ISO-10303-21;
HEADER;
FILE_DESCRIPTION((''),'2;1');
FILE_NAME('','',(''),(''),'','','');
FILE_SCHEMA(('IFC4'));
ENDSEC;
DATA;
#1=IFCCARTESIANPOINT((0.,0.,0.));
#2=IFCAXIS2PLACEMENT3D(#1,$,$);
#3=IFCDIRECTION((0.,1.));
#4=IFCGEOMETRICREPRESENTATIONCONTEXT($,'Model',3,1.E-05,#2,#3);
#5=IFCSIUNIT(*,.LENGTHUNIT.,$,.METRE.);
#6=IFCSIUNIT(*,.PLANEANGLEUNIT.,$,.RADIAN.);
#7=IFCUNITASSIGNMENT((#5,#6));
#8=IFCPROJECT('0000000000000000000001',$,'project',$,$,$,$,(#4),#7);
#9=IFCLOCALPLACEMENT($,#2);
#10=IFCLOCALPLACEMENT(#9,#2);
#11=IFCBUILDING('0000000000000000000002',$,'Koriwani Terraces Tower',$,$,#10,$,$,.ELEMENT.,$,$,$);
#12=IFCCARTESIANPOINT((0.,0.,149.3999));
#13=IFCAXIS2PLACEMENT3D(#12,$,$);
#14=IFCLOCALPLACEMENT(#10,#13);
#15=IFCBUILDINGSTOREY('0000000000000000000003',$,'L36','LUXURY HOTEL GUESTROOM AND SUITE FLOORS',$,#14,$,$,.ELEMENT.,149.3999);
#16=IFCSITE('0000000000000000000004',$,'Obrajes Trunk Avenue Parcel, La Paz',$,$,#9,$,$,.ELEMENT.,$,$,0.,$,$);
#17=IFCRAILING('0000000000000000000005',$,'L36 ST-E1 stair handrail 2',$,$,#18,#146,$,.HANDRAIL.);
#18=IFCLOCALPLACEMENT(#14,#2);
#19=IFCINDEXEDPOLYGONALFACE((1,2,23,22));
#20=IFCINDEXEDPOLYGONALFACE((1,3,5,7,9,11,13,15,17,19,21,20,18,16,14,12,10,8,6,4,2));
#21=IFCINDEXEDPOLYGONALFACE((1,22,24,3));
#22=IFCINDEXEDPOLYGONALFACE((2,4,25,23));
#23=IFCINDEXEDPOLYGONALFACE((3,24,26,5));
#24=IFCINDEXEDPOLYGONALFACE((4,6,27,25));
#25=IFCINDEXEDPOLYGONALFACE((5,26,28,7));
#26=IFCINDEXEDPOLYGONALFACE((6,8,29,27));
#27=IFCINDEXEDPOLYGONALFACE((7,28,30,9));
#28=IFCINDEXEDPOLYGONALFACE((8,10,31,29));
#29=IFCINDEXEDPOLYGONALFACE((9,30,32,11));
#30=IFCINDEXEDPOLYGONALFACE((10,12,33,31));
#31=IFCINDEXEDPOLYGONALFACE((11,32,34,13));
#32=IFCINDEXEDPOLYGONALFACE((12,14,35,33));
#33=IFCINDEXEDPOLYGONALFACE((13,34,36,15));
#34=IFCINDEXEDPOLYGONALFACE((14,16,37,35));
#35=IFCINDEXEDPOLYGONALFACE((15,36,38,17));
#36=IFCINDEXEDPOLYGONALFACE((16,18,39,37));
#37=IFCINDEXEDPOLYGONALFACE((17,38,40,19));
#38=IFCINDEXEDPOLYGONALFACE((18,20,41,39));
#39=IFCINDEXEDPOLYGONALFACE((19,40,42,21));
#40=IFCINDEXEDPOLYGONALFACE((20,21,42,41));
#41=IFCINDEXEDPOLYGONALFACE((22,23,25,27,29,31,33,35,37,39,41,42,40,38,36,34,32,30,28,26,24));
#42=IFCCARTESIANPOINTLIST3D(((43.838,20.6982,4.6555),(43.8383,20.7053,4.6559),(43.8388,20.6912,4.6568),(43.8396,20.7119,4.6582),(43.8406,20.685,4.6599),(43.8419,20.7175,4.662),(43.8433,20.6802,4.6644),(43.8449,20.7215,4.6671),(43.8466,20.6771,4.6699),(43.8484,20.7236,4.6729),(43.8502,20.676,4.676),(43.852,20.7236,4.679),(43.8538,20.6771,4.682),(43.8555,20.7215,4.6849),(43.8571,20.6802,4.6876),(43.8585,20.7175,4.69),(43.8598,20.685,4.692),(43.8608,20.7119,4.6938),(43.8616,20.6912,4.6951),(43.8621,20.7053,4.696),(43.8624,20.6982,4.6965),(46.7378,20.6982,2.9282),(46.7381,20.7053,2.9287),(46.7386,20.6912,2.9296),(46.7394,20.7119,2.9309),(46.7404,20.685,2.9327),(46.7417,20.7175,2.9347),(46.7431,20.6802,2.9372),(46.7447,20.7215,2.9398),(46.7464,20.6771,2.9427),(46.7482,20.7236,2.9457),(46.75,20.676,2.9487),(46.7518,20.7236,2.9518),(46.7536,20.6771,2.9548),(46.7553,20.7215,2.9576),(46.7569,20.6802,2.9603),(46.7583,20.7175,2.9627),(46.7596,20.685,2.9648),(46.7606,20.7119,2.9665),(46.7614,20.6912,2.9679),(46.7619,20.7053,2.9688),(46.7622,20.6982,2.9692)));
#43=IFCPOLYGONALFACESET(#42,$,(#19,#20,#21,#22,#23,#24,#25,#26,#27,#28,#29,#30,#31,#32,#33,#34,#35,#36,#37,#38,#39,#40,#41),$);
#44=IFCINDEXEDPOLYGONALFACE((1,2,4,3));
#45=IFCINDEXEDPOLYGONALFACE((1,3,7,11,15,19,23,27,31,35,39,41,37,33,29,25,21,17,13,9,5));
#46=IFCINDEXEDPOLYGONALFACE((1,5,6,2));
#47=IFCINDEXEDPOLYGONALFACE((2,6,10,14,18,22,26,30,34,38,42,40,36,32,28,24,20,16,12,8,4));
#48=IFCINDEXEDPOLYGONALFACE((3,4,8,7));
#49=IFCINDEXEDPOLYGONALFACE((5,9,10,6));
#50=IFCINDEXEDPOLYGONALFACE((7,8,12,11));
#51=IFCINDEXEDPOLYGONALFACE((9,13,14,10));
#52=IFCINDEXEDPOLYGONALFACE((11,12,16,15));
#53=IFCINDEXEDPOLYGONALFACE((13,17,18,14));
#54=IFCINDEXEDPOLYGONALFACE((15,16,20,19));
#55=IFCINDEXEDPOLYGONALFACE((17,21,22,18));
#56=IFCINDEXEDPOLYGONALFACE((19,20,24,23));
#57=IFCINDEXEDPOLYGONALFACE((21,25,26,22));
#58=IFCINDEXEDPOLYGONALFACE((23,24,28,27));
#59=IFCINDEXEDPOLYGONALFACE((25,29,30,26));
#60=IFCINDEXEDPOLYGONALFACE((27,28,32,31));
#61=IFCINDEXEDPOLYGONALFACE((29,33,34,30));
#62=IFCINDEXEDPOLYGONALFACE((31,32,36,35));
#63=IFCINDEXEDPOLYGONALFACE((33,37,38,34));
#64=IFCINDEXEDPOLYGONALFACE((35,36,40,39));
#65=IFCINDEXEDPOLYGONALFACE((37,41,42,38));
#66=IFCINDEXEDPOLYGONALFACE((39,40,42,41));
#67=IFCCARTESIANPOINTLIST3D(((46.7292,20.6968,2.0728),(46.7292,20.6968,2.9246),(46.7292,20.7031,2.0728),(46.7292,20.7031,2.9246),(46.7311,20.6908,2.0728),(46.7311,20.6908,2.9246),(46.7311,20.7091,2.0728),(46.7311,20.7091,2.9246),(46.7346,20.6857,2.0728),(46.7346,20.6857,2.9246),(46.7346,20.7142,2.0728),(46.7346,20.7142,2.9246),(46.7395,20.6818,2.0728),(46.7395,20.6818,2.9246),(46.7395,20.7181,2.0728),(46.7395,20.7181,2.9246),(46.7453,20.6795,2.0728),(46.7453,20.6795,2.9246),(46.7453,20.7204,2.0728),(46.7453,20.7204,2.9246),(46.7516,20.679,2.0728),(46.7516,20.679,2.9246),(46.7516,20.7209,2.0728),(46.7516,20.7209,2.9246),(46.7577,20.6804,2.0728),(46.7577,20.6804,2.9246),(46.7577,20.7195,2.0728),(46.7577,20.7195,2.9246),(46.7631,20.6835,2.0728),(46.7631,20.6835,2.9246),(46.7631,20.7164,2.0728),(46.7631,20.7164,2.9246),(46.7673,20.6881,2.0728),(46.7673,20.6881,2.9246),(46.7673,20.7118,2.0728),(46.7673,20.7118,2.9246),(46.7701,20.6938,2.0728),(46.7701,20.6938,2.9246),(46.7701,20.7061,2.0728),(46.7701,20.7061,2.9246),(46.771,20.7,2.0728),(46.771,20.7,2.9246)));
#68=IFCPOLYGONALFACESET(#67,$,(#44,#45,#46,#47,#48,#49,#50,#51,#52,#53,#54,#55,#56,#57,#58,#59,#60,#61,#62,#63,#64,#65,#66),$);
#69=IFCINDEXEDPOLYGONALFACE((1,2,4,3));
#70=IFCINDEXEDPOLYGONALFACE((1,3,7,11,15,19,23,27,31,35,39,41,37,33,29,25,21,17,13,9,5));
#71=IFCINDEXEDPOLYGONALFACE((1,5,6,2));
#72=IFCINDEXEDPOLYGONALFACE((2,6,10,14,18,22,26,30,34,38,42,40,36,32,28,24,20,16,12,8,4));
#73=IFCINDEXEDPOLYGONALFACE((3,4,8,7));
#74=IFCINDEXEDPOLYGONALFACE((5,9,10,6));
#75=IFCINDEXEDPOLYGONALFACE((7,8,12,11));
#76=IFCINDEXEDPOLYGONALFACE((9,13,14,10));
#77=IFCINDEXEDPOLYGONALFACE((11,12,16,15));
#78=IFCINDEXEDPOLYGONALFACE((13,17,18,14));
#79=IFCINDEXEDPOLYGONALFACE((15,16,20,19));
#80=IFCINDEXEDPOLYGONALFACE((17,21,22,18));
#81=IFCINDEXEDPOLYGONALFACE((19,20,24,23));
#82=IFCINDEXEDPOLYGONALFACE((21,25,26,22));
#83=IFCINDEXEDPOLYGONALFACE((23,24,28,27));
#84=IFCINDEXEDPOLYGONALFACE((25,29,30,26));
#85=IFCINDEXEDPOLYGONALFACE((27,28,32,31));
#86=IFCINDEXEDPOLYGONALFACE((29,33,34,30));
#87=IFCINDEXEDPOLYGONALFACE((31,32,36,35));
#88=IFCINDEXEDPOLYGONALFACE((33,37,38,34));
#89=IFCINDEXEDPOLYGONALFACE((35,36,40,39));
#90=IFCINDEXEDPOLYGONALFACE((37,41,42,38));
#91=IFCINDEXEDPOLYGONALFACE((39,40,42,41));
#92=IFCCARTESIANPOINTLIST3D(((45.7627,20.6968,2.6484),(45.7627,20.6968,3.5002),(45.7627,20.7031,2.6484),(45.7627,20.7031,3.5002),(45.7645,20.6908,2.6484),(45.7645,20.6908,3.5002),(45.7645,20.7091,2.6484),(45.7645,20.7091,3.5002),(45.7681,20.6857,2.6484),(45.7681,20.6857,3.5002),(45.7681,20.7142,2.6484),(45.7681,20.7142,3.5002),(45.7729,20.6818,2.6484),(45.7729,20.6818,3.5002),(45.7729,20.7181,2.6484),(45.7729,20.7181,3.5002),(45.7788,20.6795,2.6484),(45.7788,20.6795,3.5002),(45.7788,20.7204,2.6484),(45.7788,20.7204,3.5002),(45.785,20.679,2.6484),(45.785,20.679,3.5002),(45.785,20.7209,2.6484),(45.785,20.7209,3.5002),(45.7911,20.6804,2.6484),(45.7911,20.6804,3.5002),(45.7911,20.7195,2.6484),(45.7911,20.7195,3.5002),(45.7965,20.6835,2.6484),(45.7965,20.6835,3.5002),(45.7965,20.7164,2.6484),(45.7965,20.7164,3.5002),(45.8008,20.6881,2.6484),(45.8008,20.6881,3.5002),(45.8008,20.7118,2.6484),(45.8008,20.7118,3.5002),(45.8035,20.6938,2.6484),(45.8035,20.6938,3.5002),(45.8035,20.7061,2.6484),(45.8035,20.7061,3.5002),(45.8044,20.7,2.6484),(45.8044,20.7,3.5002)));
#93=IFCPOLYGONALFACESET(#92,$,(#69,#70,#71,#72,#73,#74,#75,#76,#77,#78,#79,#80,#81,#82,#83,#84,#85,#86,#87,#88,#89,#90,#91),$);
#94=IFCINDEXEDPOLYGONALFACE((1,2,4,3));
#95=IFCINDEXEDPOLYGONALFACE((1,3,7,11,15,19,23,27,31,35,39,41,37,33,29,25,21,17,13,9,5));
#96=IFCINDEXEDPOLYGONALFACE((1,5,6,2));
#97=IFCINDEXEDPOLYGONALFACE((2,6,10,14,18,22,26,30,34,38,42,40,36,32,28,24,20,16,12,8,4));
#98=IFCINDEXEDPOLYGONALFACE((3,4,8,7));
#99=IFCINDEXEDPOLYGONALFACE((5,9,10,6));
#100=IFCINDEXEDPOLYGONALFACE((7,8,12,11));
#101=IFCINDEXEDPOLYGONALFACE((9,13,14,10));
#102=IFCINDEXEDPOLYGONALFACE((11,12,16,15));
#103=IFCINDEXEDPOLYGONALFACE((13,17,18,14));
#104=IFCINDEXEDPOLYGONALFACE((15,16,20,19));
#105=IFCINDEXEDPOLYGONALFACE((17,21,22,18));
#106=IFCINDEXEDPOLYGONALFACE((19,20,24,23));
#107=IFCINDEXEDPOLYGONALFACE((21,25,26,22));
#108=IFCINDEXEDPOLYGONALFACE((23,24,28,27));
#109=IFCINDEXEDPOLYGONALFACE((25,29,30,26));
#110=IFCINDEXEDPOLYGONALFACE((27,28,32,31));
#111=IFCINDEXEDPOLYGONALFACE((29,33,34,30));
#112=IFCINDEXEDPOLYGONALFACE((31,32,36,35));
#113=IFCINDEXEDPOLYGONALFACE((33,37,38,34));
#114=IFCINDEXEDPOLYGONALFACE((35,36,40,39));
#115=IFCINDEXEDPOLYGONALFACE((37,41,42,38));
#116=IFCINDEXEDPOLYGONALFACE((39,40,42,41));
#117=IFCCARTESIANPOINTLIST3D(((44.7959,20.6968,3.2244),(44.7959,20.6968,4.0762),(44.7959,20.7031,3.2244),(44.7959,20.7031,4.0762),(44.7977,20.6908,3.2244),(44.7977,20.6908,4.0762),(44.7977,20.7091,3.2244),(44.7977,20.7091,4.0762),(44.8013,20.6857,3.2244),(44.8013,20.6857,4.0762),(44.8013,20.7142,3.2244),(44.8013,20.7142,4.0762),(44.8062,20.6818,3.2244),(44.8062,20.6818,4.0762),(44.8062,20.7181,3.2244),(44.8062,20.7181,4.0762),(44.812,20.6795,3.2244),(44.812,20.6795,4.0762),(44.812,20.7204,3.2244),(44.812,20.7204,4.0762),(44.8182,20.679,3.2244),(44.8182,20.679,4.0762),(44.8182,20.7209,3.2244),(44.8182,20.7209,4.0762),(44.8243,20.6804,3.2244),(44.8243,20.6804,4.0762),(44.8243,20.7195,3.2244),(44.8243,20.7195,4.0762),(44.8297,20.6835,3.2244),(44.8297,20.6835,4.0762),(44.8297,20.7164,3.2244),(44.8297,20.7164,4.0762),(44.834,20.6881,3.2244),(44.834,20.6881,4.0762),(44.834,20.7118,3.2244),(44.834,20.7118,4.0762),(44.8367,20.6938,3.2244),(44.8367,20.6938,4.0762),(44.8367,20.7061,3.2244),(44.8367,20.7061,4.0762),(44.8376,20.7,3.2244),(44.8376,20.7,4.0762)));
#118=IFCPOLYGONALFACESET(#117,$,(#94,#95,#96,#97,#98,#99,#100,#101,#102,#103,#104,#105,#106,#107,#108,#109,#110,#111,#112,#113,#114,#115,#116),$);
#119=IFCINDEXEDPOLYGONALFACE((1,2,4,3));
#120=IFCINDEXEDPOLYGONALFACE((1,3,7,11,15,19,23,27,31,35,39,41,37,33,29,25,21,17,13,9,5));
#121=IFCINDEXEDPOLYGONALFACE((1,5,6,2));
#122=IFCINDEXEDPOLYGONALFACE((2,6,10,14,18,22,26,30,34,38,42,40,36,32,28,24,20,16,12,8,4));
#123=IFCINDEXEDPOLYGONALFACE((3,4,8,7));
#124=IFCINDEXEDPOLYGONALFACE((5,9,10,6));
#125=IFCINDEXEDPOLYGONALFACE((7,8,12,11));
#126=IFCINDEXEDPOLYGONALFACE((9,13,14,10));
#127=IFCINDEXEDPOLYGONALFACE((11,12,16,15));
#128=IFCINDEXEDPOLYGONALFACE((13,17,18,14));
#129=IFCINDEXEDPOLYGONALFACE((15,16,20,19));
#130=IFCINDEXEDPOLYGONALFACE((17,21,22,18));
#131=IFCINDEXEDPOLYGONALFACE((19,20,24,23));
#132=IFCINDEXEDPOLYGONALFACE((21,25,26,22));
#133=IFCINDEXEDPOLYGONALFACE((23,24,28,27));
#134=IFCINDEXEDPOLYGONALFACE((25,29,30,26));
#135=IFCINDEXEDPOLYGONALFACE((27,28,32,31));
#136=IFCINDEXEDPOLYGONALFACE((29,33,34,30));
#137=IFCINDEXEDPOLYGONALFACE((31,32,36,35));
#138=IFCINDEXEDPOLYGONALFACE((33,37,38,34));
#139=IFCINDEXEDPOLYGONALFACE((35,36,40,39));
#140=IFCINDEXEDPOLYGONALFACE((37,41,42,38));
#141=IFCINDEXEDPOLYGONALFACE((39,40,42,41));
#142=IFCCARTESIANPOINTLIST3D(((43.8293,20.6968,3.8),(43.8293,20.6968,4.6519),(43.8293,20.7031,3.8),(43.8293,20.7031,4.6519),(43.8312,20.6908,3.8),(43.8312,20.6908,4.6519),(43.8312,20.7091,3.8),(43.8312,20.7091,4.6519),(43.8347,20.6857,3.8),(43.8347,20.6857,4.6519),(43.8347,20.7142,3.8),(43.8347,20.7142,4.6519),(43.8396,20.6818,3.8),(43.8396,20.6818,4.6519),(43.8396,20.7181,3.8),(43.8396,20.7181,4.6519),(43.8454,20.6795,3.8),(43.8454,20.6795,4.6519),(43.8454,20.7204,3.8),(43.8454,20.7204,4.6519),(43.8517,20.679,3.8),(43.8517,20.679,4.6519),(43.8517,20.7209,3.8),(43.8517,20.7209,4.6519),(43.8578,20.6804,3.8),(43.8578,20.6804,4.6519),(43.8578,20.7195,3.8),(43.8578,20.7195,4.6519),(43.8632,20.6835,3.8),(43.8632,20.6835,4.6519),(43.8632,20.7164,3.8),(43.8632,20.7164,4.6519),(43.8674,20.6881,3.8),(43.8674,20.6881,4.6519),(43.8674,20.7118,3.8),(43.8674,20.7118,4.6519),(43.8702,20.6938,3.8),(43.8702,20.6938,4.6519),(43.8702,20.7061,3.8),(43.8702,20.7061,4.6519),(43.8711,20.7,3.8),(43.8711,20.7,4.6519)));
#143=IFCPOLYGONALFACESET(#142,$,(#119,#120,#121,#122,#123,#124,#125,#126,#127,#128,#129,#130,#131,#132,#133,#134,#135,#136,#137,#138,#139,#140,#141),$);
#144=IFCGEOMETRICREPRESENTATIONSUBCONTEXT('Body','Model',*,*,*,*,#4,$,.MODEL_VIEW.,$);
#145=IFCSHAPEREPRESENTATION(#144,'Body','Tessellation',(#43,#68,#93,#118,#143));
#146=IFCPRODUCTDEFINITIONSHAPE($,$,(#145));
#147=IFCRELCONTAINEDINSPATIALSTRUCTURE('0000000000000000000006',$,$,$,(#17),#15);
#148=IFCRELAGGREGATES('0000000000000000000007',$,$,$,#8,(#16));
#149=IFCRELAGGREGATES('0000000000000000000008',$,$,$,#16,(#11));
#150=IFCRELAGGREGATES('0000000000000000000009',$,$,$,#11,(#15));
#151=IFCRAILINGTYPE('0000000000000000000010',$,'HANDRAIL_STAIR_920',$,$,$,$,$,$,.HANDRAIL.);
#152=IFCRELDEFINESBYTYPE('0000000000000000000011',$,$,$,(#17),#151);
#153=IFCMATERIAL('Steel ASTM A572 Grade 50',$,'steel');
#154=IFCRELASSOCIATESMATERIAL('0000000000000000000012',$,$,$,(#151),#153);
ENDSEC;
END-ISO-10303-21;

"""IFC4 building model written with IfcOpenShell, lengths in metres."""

from ifc_helpers import new_model, si_unit, direction, frame, origin, origin_2d, place, context, subcontext, project, spatial, circle, extrude, material, type_object, element, save


model = new_model("IFC4")

# Units and contexts
model_context = context("Model", 3, precision=1e-05, world=origin(), true_north=direction((0.0, 1.0)))
body_context = subcontext(model_context, "Body", "Model", "MODEL_VIEW")
ifc_project = project(units=[si_unit("LENGTHUNIT", "METRE"), si_unit("PLANEANGLEUNIT", "RADIAN")], contexts=[model_context])

# Site, building, storey
site_placement = place(None, origin())
site = spatial("IfcSite", under=ifc_project, at=site_placement, Name="Obrajes Trunk Avenue Parcel, La Paz", CompositionType="ELEMENT", RefElevation=0.0)
building_placement = place(site_placement, origin())
building = spatial("IfcBuilding", under=site, at=building_placement, Name="Koriwani Terraces Tower", CompositionType="ELEMENT")
storey_placement = place(building_placement, frame((0.0, 0.0, 149.3999)))
storey = spatial("IfcBuildingStorey", under=building, at=storey_placement, Name="L36", Description="LUXURY HOTEL GUESTROOM AND SUITE FLOORS", CompositionType="ELEMENT", Elevation=149.3999)

# Shared definitions
ifc_material_1 = material(Name="Steel ASTM A572 Grade 50", Category="steel")

# Railing
railing_type_1 = type_object("IfcRailingType", Name="HANDRAIL_STAIR_920", PredefinedType="HANDRAIL", material=ifc_material_1)
railing_1_placement = place(storey_placement, frame((46.75, 20.7, 2.0728)))
element("IfcRailing", 1, at=railing_1_placement, inside=storey, type_object=railing_type_1, Name="L36 ST-E1 stair handrail 2", PredefinedType="HANDRAIL", context=body_context, shape_type="SweptSolid", body=[
    extrude(circle(Radius=0.0239, at=origin_2d()), frame((0.0, 0.0, 0.876), z_axis=(-0.859141, 0.0, 0.511738), x_axis=(0.0, -1.0, 0.0)), (0.0, 0.0, 1.0), 3.3752),
    extrude(circle(Radius=0.021, at=origin_2d()), origin(), (0.0, 0.0, 1.0), 0.8518),
    extrude(circle(Radius=0.021, at=origin_2d()), frame((-0.9666, 0.0, 0.5757)), (0.0, 0.0, 1.0), 0.8518),
    extrude(circle(Radius=0.021, at=origin_2d()), frame((-1.9333, 0.0, 1.1516)), (0.0, 0.0, 1.0), 0.8518),
    extrude(circle(Radius=0.021, at=origin_2d()), frame((-2.8999, 0.0, 1.7273)), (0.0, 0.0, 1.0), 0.8518),
])

save(model, "model.ifc")
